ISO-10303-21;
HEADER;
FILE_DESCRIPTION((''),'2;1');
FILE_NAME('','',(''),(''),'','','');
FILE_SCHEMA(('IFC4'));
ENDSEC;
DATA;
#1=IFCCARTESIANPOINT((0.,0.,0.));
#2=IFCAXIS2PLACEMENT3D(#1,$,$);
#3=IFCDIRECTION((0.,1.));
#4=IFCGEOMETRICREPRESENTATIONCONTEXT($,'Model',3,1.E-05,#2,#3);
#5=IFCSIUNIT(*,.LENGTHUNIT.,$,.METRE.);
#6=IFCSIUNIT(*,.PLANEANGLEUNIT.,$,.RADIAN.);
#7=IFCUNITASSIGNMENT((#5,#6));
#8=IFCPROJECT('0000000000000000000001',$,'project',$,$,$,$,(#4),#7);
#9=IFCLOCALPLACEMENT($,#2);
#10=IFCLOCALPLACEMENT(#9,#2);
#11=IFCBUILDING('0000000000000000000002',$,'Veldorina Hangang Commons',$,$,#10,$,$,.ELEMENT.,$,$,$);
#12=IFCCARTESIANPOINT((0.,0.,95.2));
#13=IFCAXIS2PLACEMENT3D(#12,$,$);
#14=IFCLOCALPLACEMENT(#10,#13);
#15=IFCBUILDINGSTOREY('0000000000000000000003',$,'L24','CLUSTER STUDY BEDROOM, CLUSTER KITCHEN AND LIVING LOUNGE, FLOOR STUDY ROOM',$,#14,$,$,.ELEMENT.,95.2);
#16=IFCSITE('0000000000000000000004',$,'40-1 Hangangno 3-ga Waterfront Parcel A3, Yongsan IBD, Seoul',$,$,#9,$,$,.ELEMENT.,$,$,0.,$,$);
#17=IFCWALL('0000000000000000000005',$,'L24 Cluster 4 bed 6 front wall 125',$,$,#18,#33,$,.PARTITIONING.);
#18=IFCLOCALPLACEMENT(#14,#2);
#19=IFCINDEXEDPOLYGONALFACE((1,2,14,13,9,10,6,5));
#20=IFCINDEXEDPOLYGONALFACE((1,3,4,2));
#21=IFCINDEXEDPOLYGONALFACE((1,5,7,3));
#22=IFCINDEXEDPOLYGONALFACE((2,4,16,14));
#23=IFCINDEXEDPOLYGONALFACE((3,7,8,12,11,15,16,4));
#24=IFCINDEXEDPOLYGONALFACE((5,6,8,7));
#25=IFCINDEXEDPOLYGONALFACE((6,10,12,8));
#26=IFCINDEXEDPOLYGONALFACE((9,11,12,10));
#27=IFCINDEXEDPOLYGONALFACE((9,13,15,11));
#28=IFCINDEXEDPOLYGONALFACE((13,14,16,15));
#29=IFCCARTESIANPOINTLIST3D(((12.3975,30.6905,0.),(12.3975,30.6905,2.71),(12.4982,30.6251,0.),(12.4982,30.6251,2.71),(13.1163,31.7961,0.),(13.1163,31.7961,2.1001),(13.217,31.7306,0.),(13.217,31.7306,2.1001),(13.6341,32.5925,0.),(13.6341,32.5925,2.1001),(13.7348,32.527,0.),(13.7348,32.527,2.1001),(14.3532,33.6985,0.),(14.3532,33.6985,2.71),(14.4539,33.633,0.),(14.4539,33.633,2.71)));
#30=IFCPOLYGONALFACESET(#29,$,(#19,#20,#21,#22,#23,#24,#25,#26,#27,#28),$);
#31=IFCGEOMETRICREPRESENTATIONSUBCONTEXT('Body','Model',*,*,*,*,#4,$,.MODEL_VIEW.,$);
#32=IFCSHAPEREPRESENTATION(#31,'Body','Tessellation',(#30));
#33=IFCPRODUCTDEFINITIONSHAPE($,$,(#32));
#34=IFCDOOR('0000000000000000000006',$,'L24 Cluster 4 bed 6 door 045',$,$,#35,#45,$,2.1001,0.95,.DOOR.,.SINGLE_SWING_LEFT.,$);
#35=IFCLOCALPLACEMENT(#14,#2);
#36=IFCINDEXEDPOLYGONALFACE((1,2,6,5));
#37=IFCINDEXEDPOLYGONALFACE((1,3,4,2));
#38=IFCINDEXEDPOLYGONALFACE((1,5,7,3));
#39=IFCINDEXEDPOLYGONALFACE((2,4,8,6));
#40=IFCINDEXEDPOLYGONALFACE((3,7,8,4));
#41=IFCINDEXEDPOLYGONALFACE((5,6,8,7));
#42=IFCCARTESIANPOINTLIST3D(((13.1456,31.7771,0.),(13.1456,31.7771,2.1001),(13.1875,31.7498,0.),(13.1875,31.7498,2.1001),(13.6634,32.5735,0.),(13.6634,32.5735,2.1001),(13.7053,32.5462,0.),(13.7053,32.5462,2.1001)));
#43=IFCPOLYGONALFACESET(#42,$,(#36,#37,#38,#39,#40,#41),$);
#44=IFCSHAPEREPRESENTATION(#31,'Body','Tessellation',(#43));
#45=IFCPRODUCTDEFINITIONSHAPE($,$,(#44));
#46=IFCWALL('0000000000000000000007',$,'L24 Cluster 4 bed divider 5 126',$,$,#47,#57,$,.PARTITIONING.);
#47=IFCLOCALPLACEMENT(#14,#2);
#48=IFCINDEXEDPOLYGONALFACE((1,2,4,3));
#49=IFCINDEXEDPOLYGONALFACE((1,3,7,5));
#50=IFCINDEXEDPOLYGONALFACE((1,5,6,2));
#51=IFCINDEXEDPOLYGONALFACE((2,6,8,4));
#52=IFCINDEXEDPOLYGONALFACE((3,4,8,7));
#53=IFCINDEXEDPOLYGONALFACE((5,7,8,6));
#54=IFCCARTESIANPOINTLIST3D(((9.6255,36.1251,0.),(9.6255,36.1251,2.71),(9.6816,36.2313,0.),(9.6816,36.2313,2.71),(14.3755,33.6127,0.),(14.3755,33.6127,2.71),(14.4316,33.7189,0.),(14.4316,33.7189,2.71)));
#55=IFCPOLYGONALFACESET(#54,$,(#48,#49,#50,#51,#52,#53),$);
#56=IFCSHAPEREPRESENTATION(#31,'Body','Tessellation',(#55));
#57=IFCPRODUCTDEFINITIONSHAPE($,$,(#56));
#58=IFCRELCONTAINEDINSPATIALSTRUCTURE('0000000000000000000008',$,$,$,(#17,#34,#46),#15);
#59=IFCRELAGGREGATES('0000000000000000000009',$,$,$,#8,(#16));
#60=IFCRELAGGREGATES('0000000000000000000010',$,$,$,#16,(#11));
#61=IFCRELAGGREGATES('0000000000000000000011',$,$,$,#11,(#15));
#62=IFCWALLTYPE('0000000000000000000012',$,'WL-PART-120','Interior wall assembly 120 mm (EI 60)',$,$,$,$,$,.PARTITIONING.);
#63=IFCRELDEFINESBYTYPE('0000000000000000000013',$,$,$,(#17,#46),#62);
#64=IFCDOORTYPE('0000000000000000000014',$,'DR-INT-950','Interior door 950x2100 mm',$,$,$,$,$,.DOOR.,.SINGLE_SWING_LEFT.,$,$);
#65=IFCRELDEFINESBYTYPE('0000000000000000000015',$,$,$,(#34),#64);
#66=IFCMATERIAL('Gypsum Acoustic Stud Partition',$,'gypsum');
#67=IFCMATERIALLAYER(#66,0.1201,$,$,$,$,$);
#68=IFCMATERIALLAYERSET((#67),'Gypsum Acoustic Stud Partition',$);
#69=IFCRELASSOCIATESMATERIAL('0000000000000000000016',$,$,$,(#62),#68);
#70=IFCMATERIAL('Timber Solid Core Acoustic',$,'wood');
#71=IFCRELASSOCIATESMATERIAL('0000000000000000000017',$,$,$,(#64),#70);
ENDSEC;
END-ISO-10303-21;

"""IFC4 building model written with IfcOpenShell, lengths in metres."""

from ifc_helpers import new_model, si_unit, direction, frame, frame_2d, origin, place, context, subcontext, project, spatial, rectangle, extrude, material, layer, layer_set, type_object, element, fill, save


model = new_model("IFC4")

# Units and contexts
model_context = context("Model", 3, precision=1e-05, world=origin(), true_north=direction((0.0, 1.0)))
body_context = subcontext(model_context, "Body", "Model", "MODEL_VIEW")
ifc_project = project(units=[si_unit("LENGTHUNIT", "METRE"), si_unit("PLANEANGLEUNIT", "RADIAN")], contexts=[model_context])

# Site, building, storey
site_placement = place(None, origin())
site = spatial("IfcSite", under=ifc_project, at=site_placement, Name="40-1 Hangangno 3-ga Waterfront Parcel A3, Yongsan IBD, Seoul", CompositionType="ELEMENT", RefElevation=0.0)
building_placement = place(site_placement, origin())
building = spatial("IfcBuilding", under=site, at=building_placement, Name="Veldorina Hangang Commons", CompositionType="ELEMENT")
storey_placement = place(building_placement, frame((0.0, 0.0, 95.2)))
storey = spatial("IfcBuildingStorey", under=building, at=storey_placement, Name="L24", Description="CLUSTER STUDY BEDROOM, CLUSTER KITCHEN AND LIVING LOUNGE, FLOOR STUDY ROOM", CompositionType="ELEMENT", Elevation=95.2)

# Shared definitions
ifc_material_1 = material(Name="Gypsum Acoustic Stud Partition", Category="gypsum")
ifc_layer_1 = layer(ifc_material_1, 0.1201)
ifc_layer_set_1 = layer_set([ifc_layer_1], Name="Gypsum Acoustic Stud Partition")
wall_type_1 = type_object("IfcWallType", Name="WL-PART-120", Description="Interior wall assembly 120 mm (EI 60)", PredefinedType="PARTITIONING", material=ifc_layer_set_1)
ifc_material_2 = material(Name="Timber Solid Core Acoustic", Category="wood")
door_type = type_object("IfcDoorType", Name="DR-INT-950", Description="Interior door 950x2100 mm", OperationType="SINGLE_SWING_LEFT", PredefinedType="DOOR", material=ifc_material_2)

# Wall, opening, door
wall_1_placement = place(storey_placement, frame((14.4036, 33.6658, 0.0), z_axis=(0.0, 0.0, 1.0), x_axis=(-0.545101, -0.838371, 0.0)))
wall_1 = element("IfcWall", 1, at=wall_1_placement, inside=storey, type_object=wall_type_1, Name="L24 Cluster 4 bed 6 front wall 125", PredefinedType="PARTITIONING", context=body_context, shape_type="SweptSolid", body=[
    extrude(rectangle(XDim=3.5879, YDim=0.1201, at=frame_2d((1.7939, 0.0))), origin(), (0.0, 0.0, 1.0), 2.71),
])
opening_1_placement = place(wall_1_placement, frame((1.3191, 0.0, 0.0)))
opening_1 = element("IfcOpeningElement", 2, at=opening_1_placement, cuts=wall_1, PredefinedType="OPENING", context=body_context, shape_type="SweptSolid", body=[
    extrude(rectangle(XDim=0.95, YDim=2.1001, at=frame_2d((0.4751, 1.05))), frame((0.0, 0.0701, 0.0), z_axis=(0.0, -1.0, 0.0), x_axis=(1.0, 0.0, 0.0)), (0.0, 0.0, 1.0), 0.1401),
])
door_1_placement = place(opening_1_placement, origin())
door_1 = element("IfcDoor", 3, at=door_1_placement, inside=storey, type_object=door_type, Name="L24 Cluster 4 bed 6 door 045", OperationType="SINGLE_SWING_LEFT", OverallHeight=2.1001, OverallWidth=0.95, PredefinedType="DOOR", context=body_context, shape_type="SweptSolid", body=[
    extrude(rectangle(XDim=0.95, YDim=2.1001, at=frame_2d((0.4751, 1.05))), frame((0.0, 0.0249, 0.0), z_axis=(0.0, -1.0, 0.0), x_axis=(1.0, 0.0, 0.0)), (0.0, 0.0, 1.0), 0.05),
])
fill(opening_1, door_1)

# Wall
wall_2_placement = place(storey_placement, frame((14.4036, 33.6658, 0.0), z_axis=(0.0, 0.0, 1.0), x_axis=(-0.883961, 0.46756, 0.0)))
element("IfcWall", 4, at=wall_2_placement, inside=storey, type_object=wall_type_1, Name="L24 Cluster 4 bed divider 5 126", PredefinedType="PARTITIONING", context=body_context, shape_type="SweptSolid", body=[
    extrude(rectangle(XDim=5.3735, YDim=0.1201, at=frame_2d((2.6868, 0.0))), origin(), (0.0, 0.0, 1.0), 2.71),
])

save(model, "model.ifc")
